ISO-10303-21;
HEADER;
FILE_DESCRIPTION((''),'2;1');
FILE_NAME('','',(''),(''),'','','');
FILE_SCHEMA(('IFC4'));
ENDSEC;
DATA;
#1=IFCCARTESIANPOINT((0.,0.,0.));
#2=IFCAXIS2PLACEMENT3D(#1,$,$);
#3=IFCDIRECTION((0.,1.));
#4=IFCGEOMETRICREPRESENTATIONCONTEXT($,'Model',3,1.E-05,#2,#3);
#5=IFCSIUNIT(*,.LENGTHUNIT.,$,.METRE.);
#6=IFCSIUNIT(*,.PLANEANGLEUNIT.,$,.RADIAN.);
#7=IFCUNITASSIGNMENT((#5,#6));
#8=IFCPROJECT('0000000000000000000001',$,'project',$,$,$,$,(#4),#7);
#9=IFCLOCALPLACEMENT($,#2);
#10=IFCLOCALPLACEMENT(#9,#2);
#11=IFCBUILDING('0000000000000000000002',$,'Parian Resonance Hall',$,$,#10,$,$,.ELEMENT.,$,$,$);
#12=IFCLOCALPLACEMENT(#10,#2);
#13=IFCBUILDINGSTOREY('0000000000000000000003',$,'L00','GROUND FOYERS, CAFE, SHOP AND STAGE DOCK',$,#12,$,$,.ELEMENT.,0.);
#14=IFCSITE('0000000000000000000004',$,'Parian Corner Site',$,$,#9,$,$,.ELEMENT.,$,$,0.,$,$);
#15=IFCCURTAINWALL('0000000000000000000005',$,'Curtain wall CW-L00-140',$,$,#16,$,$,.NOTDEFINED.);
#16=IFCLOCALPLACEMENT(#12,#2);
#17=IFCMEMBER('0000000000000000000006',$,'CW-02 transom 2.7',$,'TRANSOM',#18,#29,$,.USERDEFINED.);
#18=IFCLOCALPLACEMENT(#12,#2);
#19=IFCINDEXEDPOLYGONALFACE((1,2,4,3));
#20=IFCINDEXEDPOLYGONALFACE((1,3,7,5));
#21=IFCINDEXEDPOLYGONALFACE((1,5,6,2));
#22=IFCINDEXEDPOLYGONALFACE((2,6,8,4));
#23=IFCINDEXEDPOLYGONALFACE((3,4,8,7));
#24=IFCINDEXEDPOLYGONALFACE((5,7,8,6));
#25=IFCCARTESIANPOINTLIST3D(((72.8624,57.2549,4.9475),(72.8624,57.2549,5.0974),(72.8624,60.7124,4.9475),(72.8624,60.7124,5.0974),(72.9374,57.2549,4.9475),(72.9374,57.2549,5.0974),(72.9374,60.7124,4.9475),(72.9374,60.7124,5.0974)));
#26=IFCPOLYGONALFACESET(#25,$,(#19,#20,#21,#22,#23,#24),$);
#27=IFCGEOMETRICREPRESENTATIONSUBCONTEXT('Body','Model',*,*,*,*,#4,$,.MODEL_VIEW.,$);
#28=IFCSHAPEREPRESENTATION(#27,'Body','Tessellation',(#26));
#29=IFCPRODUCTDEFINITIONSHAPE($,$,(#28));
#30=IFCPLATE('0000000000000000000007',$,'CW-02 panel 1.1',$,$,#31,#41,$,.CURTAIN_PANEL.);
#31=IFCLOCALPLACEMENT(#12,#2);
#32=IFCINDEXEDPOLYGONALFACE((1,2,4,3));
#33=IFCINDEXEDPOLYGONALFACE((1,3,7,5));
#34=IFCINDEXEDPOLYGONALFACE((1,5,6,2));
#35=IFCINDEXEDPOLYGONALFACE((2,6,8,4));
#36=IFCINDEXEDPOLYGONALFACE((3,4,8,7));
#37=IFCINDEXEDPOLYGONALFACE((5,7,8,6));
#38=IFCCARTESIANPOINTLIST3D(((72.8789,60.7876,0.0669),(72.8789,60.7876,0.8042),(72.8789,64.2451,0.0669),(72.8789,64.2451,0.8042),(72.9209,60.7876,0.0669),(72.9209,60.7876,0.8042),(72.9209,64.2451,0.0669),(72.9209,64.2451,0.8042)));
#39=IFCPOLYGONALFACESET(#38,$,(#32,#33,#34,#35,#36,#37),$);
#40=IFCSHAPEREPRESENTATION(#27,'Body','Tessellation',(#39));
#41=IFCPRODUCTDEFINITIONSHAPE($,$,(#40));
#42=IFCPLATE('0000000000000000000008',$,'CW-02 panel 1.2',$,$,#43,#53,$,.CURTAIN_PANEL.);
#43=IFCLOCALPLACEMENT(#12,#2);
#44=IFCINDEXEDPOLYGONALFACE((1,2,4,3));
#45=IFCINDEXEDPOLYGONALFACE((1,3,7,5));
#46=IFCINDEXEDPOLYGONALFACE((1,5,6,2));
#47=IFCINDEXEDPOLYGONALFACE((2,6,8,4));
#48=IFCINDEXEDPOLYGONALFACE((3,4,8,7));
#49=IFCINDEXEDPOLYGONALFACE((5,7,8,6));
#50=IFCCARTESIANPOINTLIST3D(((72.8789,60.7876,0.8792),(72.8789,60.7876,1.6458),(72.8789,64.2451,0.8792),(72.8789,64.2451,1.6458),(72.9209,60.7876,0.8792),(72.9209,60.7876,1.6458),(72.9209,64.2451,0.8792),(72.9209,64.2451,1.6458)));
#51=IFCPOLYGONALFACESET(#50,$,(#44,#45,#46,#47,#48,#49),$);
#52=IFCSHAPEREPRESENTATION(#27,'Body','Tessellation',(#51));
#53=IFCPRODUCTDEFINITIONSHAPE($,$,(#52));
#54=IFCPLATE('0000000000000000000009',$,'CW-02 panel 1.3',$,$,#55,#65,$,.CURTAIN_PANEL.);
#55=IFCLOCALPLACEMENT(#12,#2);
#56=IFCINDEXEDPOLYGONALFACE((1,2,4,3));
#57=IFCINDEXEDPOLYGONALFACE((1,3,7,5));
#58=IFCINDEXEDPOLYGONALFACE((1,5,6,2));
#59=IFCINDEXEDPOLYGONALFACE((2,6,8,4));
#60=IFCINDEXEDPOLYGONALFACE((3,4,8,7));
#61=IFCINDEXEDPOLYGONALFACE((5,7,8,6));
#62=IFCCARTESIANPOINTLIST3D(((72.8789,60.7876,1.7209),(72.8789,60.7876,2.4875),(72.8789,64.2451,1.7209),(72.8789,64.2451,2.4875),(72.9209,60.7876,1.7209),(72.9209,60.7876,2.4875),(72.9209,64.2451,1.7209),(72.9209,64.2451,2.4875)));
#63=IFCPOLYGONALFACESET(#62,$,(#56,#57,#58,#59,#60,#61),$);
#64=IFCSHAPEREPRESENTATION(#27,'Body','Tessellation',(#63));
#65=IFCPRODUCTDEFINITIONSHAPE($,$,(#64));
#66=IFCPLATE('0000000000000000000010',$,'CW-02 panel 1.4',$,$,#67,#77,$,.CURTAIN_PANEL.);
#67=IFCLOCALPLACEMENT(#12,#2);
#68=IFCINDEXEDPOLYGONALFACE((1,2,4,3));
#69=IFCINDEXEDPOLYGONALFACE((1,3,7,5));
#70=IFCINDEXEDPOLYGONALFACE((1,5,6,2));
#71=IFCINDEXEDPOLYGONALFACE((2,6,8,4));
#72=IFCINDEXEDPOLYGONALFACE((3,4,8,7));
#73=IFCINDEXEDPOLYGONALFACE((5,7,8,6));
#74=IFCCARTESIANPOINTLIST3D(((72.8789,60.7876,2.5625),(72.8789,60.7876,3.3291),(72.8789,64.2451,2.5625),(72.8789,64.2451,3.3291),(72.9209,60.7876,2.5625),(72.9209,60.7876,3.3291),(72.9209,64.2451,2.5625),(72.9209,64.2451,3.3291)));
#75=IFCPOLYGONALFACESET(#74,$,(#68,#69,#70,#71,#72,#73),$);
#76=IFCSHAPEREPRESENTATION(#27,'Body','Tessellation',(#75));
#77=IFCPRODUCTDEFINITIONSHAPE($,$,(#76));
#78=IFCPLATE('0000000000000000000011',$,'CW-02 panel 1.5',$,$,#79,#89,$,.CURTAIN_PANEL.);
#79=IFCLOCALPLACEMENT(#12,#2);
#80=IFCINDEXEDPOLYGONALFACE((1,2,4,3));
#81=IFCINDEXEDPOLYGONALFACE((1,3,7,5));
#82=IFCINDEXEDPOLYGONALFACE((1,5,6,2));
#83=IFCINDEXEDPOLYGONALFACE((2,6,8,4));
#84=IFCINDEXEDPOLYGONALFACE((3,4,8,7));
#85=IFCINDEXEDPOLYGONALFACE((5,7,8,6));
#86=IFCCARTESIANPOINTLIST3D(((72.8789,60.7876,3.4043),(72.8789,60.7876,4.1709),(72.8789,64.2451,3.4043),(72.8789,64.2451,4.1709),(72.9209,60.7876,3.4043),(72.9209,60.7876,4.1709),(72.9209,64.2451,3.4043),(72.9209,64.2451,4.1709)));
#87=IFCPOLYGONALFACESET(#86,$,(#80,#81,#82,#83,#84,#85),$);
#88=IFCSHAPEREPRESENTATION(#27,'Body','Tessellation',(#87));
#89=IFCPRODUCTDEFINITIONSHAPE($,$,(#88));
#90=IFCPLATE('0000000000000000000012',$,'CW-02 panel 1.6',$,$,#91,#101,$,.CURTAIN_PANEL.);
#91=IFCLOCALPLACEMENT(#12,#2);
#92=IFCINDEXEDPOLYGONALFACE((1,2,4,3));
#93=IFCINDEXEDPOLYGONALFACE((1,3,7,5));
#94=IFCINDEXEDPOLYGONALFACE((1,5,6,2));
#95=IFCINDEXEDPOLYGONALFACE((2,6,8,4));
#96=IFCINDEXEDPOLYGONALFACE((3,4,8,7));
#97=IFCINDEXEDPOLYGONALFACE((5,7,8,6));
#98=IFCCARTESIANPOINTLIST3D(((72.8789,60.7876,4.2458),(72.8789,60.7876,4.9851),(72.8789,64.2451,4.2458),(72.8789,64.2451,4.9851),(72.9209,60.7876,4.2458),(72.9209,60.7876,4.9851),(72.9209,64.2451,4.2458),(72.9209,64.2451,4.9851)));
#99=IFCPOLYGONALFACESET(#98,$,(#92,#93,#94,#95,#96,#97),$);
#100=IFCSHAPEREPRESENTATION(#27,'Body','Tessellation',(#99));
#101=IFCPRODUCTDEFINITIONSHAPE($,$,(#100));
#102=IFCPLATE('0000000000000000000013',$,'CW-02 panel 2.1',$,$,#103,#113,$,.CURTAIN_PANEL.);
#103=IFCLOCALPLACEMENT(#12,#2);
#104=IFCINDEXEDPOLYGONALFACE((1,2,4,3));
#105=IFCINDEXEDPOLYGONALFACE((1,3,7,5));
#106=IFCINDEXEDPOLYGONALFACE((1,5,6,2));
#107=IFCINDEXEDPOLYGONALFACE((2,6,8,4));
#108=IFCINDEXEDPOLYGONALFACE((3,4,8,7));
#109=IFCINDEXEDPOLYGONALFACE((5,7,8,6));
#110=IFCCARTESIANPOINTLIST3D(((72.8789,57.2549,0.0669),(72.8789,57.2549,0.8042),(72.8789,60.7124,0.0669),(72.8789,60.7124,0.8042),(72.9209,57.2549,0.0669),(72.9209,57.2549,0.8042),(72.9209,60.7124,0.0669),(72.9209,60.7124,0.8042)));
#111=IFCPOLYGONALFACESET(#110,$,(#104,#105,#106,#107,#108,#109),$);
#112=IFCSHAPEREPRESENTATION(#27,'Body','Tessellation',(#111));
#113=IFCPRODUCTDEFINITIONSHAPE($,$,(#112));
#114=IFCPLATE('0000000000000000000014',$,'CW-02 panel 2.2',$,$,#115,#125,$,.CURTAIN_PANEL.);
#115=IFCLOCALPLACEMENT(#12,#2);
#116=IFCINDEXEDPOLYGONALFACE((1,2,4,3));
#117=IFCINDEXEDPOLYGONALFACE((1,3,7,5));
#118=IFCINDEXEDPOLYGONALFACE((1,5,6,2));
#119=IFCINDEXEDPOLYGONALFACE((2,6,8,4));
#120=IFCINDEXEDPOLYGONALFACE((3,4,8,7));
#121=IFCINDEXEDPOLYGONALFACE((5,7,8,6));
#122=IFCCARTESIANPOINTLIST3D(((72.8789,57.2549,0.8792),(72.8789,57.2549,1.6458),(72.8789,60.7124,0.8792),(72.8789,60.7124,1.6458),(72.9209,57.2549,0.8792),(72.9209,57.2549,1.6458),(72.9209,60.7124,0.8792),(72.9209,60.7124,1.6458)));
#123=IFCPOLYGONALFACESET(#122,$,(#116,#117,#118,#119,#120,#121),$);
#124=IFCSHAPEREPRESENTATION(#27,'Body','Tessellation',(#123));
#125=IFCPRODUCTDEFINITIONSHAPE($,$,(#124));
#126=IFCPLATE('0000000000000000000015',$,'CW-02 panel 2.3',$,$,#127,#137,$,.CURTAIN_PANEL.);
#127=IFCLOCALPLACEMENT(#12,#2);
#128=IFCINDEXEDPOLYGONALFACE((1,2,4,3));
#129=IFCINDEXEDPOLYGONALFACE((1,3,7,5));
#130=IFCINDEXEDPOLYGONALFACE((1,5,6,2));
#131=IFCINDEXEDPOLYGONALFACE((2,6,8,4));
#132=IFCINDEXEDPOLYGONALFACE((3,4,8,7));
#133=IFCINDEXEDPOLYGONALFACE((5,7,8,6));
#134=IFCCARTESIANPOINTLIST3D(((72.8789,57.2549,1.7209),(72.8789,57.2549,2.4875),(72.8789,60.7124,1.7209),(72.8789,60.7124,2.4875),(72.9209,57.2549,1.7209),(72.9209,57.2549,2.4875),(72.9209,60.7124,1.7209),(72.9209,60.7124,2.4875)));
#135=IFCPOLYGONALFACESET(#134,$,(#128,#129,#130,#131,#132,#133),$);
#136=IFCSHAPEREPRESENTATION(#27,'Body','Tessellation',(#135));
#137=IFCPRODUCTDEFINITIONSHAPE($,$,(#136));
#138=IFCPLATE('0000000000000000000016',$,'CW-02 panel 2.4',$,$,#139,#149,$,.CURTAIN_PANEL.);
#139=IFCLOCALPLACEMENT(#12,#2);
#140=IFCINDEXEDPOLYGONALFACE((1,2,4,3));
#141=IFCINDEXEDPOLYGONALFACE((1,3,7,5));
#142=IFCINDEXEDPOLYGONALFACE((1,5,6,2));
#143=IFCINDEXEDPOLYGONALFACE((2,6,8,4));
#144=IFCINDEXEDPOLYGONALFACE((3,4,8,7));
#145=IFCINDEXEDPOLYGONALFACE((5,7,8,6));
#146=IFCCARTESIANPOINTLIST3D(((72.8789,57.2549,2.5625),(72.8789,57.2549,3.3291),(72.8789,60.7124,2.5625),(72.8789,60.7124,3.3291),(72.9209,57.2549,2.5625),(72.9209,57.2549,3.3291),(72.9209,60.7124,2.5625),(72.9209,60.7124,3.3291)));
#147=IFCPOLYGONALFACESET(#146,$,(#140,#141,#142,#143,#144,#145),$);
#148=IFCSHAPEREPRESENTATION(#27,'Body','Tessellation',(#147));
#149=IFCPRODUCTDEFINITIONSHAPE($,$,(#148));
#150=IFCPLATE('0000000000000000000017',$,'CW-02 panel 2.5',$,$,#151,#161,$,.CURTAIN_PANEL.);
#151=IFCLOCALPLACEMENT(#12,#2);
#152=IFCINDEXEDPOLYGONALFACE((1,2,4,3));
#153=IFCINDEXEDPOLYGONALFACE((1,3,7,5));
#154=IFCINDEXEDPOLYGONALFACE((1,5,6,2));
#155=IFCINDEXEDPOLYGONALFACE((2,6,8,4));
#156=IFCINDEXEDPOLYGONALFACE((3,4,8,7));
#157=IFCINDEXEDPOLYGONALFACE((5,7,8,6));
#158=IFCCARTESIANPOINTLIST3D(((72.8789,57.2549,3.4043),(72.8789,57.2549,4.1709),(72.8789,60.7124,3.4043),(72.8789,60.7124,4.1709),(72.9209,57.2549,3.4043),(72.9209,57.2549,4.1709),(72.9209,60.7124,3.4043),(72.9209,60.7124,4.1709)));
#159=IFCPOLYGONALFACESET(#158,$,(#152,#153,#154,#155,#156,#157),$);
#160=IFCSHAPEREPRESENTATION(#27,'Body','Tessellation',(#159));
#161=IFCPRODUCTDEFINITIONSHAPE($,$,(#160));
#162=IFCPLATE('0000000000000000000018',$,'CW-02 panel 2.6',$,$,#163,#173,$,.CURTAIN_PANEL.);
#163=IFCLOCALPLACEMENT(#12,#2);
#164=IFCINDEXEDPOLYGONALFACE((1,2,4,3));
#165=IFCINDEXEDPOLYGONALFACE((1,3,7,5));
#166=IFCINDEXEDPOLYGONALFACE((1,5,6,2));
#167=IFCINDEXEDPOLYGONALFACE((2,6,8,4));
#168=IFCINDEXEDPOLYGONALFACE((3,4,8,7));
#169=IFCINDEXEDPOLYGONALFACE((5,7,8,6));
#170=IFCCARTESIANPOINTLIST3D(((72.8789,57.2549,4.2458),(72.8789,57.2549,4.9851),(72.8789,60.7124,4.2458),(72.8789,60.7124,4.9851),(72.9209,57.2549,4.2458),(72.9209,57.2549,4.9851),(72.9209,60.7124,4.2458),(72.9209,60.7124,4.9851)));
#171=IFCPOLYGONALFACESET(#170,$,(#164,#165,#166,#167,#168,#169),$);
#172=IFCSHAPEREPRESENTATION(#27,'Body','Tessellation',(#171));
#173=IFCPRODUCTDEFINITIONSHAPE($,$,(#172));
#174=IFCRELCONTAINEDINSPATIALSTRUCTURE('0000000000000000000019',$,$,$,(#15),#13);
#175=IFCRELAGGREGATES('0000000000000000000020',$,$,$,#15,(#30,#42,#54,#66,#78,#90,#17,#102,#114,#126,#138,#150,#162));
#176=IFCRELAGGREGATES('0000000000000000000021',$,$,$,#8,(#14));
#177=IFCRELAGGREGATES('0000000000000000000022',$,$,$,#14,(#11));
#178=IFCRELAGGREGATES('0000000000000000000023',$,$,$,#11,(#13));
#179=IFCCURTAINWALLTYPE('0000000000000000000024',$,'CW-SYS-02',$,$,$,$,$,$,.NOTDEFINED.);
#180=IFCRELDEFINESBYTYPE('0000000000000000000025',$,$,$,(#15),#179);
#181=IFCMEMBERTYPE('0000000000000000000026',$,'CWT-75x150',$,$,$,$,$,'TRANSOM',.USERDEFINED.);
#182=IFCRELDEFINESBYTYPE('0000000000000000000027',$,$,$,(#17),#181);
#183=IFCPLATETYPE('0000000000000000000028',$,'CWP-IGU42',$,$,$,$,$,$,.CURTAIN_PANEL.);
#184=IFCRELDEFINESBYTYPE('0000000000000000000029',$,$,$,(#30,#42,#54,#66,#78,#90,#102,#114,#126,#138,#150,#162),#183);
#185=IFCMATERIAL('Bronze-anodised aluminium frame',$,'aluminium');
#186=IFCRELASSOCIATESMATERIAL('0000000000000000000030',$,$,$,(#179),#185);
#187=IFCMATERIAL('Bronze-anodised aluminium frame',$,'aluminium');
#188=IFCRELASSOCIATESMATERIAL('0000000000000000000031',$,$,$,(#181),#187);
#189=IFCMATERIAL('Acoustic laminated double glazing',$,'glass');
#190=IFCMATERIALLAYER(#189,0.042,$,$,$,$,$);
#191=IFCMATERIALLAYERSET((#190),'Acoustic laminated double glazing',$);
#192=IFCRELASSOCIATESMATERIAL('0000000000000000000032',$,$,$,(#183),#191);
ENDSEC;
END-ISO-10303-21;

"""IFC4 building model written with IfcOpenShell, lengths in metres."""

from ifc_helpers import new_model, si_unit, direction, frame, origin, origin_2d, place, context, subcontext, project, spatial, rectangle, extrude, material, layer, layer_set, material_profile, profile_set, type_object, element, aggregate, save


model = new_model("IFC4")

# Units and contexts
model_context = context("Model", 3, precision=1e-05, world=origin(), true_north=direction((0.0, 1.0)))
body_context = subcontext(model_context, "Body", "Model", "MODEL_VIEW")
ifc_project = project(units=[si_unit("LENGTHUNIT", "METRE"), si_unit("PLANEANGLEUNIT", "RADIAN")], contexts=[model_context])

# Site, building, storey
site_placement = place(None, origin())
site = spatial("IfcSite", under=ifc_project, at=site_placement, Name="Parian Corner Site", CompositionType="ELEMENT", RefElevation=0.0)
building_placement = place(site_placement, origin())
building = spatial("IfcBuilding", under=site, at=building_placement, Name="Parian Resonance Hall", CompositionType="ELEMENT")
storey_placement = place(building_placement, origin())
storey = spatial("IfcBuildingStorey", under=building, at=storey_placement, Name="L00", Description="GROUND FOYERS, CAFE, SHOP AND STAGE DOCK", CompositionType="ELEMENT", Elevation=0.0)

# Curtain wall, member, plates
ifc_material_1 = material(Name="Bronze-anodised aluminium frame", Category="aluminium")
curtain_wall_type = type_object("IfcCurtainWallType", Name="CW-SYS-02", PredefinedType="NOTDEFINED", material=ifc_material_1)
curtain_wall_placement = place(storey_placement, origin())
curtain_wall = element("IfcCurtainWall", 1, at=curtain_wall_placement, inside=storey, type_object=curtain_wall_type, Name="Curtain wall CW-L00-140", PredefinedType="NOTDEFINED")
ifc_material_2 = material(Name="Bronze-anodised aluminium frame", Category="aluminium")
ifc_material_profile_1 = material_profile(ifc_material_2, rectangle(XDim=0.075, YDim=0.1499, at=origin_2d()), Name="CWT-75x150")
ifc_profile_set_1 = profile_set([ifc_material_profile_1], Name="Bronze-anodised aluminium frame")
member_type_1 = type_object("IfcMemberType", Name="CWT-75x150", ElementType="TRANSOM", PredefinedType="USERDEFINED", material=ifc_profile_set_1)
member_1_placement = place(storey_placement, frame((72.8999, 60.7124, 5.0225), z_axis=(0.0, -1.0, 0.0), x_axis=(1.0, 0.0, 0.0)))
member_1 = element("IfcMember", 2, at=member_1_placement, type_object=member_type_1, Name="CW-02 transom 2.7", ObjectType="TRANSOM", PredefinedType="USERDEFINED", context=body_context, shape_type="SweptSolid", body=[
    extrude(rectangle(XDim=0.075, YDim=0.1499, at=origin_2d()), origin(), (0.0, 0.0, 1.0), 3.4575),
])
ifc_material_3 = material(Name="Acoustic laminated double glazing", Category="glass")
ifc_layer = layer(ifc_material_3, 0.042)
ifc_layer_set = layer_set([ifc_layer], Name="Acoustic laminated double glazing")
plate_type = type_object("IfcPlateType", Name="CWP-IGU42", PredefinedType="CURTAIN_PANEL", material=ifc_layer_set)
plate_1_placement = place(storey_placement, frame((72.8999, 62.5164, 0.0669), z_axis=(0.0, 0.0, 1.0), x_axis=(0.0, -1.0, 0.0)))
plate_1 = element("IfcPlate", 3, at=plate_1_placement, type_object=plate_type, Name="CW-02 panel 1.1", PredefinedType="CURTAIN_PANEL", context=body_context, shape_type="SweptSolid", body=[
    extrude(rectangle(XDim=3.4575, YDim=0.042, at=origin_2d()), origin(), (0.0, 0.0, 1.0), 0.7373),
])
plate_2_placement = place(storey_placement, frame((72.8999, 62.5164, 0.8792), z_axis=(0.0, 0.0, 1.0), x_axis=(0.0, -1.0, 0.0)))
plate_2 = element("IfcPlate", 4, at=plate_2_placement, type_object=plate_type, Name="CW-02 panel 1.2", PredefinedType="CURTAIN_PANEL", context=body_context, shape_type="SweptSolid", body=[
    extrude(rectangle(XDim=3.4575, YDim=0.042, at=origin_2d()), origin(), (0.0, 0.0, 1.0), 0.7666),
])
plate_3_placement = place(storey_placement, frame((72.8999, 62.5164, 1.7209), z_axis=(0.0, 0.0, 1.0), x_axis=(0.0, -1.0, 0.0)))
plate_3 = element("IfcPlate", 5, at=plate_3_placement, type_object=plate_type, Name="CW-02 panel 1.3", PredefinedType="CURTAIN_PANEL", context=body_context, shape_type="SweptSolid", body=[
    extrude(rectangle(XDim=3.4575, YDim=0.042, at=origin_2d()), origin(), (0.0, 0.0, 1.0), 0.7666),
])
plate_4_placement = place(storey_placement, frame((72.8999, 62.5164, 2.5625), z_axis=(0.0, 0.0, 1.0), x_axis=(0.0, -1.0, 0.0)))
plate_4 = element("IfcPlate", 6, at=plate_4_placement, type_object=plate_type, Name="CW-02 panel 1.4", PredefinedType="CURTAIN_PANEL", context=body_context, shape_type="SweptSolid", body=[
    extrude(rectangle(XDim=3.4575, YDim=0.042, at=origin_2d()), origin(), (0.0, 0.0, 1.0), 0.7666),
])
plate_5_placement = place(storey_placement, frame((72.8999, 62.5164, 3.4043), z_axis=(0.0, 0.0, 1.0), x_axis=(0.0, -1.0, 0.0)))
plate_5 = element("IfcPlate", 7, at=plate_5_placement, type_object=plate_type, Name="CW-02 panel 1.5", PredefinedType="CURTAIN_PANEL", context=body_context, shape_type="SweptSolid", body=[
    extrude(rectangle(XDim=3.4575, YDim=0.042, at=origin_2d()), origin(), (0.0, 0.0, 1.0), 0.7666),
])
plate_6_placement = place(storey_placement, frame((72.8999, 62.5164, 4.2458), z_axis=(0.0, 0.0, 1.0), x_axis=(0.0, -1.0, 0.0)))
plate_6 = element("IfcPlate", 8, at=plate_6_placement, type_object=plate_type, Name="CW-02 panel 1.6", PredefinedType="CURTAIN_PANEL", context=body_context, shape_type="SweptSolid", body=[
    extrude(rectangle(XDim=3.4575, YDim=0.042, at=origin_2d()), origin(), (0.0, 0.0, 1.0), 0.7393),
])
plate_7_placement = place(storey_placement, frame((72.8999, 58.9836, 0.0669), z_axis=(0.0, 0.0, 1.0), x_axis=(0.0, -1.0, 0.0)))
plate_7 = element("IfcPlate", 9, at=plate_7_placement, type_object=plate_type, Name="CW-02 panel 2.1", PredefinedType="CURTAIN_PANEL", context=body_context, shape_type="SweptSolid", body=[
    extrude(rectangle(XDim=3.4575, YDim=0.042, at=origin_2d()), origin(), (0.0, 0.0, 1.0), 0.7373),
])
plate_8_placement = place(storey_placement, frame((72.8999, 58.9836, 0.8792), z_axis=(0.0, 0.0, 1.0), x_axis=(0.0, -1.0, 0.0)))
plate_8 = element("IfcPlate", 10, at=plate_8_placement, type_object=plate_type, Name="CW-02 panel 2.2", PredefinedType="CURTAIN_PANEL", context=body_context, shape_type="SweptSolid", body=[
    extrude(rectangle(XDim=3.4575, YDim=0.042, at=origin_2d()), origin(), (0.0, 0.0, 1.0), 0.7666),
])
plate_9_placement = place(storey_placement, frame((72.8999, 58.9836, 1.7209), z_axis=(0.0, 0.0, 1.0), x_axis=(0.0, -1.0, 0.0)))
plate_9 = element("IfcPlate", 11, at=plate_9_placement, type_object=plate_type, Name="CW-02 panel 2.3", PredefinedType="CURTAIN_PANEL", context=body_context, shape_type="SweptSolid", body=[
    extrude(rectangle(XDim=3.4575, YDim=0.042, at=origin_2d()), origin(), (0.0, 0.0, 1.0), 0.7666),
])
plate_10_placement = place(storey_placement, frame((72.8999, 58.9836, 2.5625), z_axis=(0.0, 0.0, 1.0), x_axis=(0.0, -1.0, 0.0)))
plate_10 = element("IfcPlate", 12, at=plate_10_placement, type_object=plate_type, Name="CW-02 panel 2.4", PredefinedType="CURTAIN_PANEL", context=body_context, shape_type="SweptSolid", body=[
    extrude(rectangle(XDim=3.4575, YDim=0.042, at=origin_2d()), origin(), (0.0, 0.0, 1.0), 0.7666),
])
plate_11_placement = place(storey_placement, frame((72.8999, 58.9836, 3.4043), z_axis=(0.0, 0.0, 1.0), x_axis=(0.0, -1.0, 0.0)))
plate_11 = element("IfcPlate", 13, at=plate_11_placement, type_object=plate_type, Name="CW-02 panel 2.5", PredefinedType="CURTAIN_PANEL", context=body_context, shape_type="SweptSolid", body=[
    extrude(rectangle(XDim=3.4575, YDim=0.042, at=origin_2d()), origin(), (0.0, 0.0, 1.0), 0.7666),
])
plate_12_placement = place(storey_placement, frame((72.8999, 58.9836, 4.2458), z_axis=(0.0, 0.0, 1.0), x_axis=(0.0, -1.0, 0.0)))
plate_12 = element("IfcPlate", 14, at=plate_12_placement, type_object=plate_type, Name="CW-02 panel 2.6", PredefinedType="CURTAIN_PANEL", context=body_context, shape_type="SweptSolid", body=[
    extrude(rectangle(XDim=3.4575, YDim=0.042, at=origin_2d()), origin(), (0.0, 0.0, 1.0), 0.7393),
])
aggregate(curtain_wall, [plate_1, plate_2, plate_3, plate_4, plate_5, plate_6, member_1, plate_7, plate_8, plate_9, plate_10, plate_11, plate_12])

save(model, "model.ifc")
